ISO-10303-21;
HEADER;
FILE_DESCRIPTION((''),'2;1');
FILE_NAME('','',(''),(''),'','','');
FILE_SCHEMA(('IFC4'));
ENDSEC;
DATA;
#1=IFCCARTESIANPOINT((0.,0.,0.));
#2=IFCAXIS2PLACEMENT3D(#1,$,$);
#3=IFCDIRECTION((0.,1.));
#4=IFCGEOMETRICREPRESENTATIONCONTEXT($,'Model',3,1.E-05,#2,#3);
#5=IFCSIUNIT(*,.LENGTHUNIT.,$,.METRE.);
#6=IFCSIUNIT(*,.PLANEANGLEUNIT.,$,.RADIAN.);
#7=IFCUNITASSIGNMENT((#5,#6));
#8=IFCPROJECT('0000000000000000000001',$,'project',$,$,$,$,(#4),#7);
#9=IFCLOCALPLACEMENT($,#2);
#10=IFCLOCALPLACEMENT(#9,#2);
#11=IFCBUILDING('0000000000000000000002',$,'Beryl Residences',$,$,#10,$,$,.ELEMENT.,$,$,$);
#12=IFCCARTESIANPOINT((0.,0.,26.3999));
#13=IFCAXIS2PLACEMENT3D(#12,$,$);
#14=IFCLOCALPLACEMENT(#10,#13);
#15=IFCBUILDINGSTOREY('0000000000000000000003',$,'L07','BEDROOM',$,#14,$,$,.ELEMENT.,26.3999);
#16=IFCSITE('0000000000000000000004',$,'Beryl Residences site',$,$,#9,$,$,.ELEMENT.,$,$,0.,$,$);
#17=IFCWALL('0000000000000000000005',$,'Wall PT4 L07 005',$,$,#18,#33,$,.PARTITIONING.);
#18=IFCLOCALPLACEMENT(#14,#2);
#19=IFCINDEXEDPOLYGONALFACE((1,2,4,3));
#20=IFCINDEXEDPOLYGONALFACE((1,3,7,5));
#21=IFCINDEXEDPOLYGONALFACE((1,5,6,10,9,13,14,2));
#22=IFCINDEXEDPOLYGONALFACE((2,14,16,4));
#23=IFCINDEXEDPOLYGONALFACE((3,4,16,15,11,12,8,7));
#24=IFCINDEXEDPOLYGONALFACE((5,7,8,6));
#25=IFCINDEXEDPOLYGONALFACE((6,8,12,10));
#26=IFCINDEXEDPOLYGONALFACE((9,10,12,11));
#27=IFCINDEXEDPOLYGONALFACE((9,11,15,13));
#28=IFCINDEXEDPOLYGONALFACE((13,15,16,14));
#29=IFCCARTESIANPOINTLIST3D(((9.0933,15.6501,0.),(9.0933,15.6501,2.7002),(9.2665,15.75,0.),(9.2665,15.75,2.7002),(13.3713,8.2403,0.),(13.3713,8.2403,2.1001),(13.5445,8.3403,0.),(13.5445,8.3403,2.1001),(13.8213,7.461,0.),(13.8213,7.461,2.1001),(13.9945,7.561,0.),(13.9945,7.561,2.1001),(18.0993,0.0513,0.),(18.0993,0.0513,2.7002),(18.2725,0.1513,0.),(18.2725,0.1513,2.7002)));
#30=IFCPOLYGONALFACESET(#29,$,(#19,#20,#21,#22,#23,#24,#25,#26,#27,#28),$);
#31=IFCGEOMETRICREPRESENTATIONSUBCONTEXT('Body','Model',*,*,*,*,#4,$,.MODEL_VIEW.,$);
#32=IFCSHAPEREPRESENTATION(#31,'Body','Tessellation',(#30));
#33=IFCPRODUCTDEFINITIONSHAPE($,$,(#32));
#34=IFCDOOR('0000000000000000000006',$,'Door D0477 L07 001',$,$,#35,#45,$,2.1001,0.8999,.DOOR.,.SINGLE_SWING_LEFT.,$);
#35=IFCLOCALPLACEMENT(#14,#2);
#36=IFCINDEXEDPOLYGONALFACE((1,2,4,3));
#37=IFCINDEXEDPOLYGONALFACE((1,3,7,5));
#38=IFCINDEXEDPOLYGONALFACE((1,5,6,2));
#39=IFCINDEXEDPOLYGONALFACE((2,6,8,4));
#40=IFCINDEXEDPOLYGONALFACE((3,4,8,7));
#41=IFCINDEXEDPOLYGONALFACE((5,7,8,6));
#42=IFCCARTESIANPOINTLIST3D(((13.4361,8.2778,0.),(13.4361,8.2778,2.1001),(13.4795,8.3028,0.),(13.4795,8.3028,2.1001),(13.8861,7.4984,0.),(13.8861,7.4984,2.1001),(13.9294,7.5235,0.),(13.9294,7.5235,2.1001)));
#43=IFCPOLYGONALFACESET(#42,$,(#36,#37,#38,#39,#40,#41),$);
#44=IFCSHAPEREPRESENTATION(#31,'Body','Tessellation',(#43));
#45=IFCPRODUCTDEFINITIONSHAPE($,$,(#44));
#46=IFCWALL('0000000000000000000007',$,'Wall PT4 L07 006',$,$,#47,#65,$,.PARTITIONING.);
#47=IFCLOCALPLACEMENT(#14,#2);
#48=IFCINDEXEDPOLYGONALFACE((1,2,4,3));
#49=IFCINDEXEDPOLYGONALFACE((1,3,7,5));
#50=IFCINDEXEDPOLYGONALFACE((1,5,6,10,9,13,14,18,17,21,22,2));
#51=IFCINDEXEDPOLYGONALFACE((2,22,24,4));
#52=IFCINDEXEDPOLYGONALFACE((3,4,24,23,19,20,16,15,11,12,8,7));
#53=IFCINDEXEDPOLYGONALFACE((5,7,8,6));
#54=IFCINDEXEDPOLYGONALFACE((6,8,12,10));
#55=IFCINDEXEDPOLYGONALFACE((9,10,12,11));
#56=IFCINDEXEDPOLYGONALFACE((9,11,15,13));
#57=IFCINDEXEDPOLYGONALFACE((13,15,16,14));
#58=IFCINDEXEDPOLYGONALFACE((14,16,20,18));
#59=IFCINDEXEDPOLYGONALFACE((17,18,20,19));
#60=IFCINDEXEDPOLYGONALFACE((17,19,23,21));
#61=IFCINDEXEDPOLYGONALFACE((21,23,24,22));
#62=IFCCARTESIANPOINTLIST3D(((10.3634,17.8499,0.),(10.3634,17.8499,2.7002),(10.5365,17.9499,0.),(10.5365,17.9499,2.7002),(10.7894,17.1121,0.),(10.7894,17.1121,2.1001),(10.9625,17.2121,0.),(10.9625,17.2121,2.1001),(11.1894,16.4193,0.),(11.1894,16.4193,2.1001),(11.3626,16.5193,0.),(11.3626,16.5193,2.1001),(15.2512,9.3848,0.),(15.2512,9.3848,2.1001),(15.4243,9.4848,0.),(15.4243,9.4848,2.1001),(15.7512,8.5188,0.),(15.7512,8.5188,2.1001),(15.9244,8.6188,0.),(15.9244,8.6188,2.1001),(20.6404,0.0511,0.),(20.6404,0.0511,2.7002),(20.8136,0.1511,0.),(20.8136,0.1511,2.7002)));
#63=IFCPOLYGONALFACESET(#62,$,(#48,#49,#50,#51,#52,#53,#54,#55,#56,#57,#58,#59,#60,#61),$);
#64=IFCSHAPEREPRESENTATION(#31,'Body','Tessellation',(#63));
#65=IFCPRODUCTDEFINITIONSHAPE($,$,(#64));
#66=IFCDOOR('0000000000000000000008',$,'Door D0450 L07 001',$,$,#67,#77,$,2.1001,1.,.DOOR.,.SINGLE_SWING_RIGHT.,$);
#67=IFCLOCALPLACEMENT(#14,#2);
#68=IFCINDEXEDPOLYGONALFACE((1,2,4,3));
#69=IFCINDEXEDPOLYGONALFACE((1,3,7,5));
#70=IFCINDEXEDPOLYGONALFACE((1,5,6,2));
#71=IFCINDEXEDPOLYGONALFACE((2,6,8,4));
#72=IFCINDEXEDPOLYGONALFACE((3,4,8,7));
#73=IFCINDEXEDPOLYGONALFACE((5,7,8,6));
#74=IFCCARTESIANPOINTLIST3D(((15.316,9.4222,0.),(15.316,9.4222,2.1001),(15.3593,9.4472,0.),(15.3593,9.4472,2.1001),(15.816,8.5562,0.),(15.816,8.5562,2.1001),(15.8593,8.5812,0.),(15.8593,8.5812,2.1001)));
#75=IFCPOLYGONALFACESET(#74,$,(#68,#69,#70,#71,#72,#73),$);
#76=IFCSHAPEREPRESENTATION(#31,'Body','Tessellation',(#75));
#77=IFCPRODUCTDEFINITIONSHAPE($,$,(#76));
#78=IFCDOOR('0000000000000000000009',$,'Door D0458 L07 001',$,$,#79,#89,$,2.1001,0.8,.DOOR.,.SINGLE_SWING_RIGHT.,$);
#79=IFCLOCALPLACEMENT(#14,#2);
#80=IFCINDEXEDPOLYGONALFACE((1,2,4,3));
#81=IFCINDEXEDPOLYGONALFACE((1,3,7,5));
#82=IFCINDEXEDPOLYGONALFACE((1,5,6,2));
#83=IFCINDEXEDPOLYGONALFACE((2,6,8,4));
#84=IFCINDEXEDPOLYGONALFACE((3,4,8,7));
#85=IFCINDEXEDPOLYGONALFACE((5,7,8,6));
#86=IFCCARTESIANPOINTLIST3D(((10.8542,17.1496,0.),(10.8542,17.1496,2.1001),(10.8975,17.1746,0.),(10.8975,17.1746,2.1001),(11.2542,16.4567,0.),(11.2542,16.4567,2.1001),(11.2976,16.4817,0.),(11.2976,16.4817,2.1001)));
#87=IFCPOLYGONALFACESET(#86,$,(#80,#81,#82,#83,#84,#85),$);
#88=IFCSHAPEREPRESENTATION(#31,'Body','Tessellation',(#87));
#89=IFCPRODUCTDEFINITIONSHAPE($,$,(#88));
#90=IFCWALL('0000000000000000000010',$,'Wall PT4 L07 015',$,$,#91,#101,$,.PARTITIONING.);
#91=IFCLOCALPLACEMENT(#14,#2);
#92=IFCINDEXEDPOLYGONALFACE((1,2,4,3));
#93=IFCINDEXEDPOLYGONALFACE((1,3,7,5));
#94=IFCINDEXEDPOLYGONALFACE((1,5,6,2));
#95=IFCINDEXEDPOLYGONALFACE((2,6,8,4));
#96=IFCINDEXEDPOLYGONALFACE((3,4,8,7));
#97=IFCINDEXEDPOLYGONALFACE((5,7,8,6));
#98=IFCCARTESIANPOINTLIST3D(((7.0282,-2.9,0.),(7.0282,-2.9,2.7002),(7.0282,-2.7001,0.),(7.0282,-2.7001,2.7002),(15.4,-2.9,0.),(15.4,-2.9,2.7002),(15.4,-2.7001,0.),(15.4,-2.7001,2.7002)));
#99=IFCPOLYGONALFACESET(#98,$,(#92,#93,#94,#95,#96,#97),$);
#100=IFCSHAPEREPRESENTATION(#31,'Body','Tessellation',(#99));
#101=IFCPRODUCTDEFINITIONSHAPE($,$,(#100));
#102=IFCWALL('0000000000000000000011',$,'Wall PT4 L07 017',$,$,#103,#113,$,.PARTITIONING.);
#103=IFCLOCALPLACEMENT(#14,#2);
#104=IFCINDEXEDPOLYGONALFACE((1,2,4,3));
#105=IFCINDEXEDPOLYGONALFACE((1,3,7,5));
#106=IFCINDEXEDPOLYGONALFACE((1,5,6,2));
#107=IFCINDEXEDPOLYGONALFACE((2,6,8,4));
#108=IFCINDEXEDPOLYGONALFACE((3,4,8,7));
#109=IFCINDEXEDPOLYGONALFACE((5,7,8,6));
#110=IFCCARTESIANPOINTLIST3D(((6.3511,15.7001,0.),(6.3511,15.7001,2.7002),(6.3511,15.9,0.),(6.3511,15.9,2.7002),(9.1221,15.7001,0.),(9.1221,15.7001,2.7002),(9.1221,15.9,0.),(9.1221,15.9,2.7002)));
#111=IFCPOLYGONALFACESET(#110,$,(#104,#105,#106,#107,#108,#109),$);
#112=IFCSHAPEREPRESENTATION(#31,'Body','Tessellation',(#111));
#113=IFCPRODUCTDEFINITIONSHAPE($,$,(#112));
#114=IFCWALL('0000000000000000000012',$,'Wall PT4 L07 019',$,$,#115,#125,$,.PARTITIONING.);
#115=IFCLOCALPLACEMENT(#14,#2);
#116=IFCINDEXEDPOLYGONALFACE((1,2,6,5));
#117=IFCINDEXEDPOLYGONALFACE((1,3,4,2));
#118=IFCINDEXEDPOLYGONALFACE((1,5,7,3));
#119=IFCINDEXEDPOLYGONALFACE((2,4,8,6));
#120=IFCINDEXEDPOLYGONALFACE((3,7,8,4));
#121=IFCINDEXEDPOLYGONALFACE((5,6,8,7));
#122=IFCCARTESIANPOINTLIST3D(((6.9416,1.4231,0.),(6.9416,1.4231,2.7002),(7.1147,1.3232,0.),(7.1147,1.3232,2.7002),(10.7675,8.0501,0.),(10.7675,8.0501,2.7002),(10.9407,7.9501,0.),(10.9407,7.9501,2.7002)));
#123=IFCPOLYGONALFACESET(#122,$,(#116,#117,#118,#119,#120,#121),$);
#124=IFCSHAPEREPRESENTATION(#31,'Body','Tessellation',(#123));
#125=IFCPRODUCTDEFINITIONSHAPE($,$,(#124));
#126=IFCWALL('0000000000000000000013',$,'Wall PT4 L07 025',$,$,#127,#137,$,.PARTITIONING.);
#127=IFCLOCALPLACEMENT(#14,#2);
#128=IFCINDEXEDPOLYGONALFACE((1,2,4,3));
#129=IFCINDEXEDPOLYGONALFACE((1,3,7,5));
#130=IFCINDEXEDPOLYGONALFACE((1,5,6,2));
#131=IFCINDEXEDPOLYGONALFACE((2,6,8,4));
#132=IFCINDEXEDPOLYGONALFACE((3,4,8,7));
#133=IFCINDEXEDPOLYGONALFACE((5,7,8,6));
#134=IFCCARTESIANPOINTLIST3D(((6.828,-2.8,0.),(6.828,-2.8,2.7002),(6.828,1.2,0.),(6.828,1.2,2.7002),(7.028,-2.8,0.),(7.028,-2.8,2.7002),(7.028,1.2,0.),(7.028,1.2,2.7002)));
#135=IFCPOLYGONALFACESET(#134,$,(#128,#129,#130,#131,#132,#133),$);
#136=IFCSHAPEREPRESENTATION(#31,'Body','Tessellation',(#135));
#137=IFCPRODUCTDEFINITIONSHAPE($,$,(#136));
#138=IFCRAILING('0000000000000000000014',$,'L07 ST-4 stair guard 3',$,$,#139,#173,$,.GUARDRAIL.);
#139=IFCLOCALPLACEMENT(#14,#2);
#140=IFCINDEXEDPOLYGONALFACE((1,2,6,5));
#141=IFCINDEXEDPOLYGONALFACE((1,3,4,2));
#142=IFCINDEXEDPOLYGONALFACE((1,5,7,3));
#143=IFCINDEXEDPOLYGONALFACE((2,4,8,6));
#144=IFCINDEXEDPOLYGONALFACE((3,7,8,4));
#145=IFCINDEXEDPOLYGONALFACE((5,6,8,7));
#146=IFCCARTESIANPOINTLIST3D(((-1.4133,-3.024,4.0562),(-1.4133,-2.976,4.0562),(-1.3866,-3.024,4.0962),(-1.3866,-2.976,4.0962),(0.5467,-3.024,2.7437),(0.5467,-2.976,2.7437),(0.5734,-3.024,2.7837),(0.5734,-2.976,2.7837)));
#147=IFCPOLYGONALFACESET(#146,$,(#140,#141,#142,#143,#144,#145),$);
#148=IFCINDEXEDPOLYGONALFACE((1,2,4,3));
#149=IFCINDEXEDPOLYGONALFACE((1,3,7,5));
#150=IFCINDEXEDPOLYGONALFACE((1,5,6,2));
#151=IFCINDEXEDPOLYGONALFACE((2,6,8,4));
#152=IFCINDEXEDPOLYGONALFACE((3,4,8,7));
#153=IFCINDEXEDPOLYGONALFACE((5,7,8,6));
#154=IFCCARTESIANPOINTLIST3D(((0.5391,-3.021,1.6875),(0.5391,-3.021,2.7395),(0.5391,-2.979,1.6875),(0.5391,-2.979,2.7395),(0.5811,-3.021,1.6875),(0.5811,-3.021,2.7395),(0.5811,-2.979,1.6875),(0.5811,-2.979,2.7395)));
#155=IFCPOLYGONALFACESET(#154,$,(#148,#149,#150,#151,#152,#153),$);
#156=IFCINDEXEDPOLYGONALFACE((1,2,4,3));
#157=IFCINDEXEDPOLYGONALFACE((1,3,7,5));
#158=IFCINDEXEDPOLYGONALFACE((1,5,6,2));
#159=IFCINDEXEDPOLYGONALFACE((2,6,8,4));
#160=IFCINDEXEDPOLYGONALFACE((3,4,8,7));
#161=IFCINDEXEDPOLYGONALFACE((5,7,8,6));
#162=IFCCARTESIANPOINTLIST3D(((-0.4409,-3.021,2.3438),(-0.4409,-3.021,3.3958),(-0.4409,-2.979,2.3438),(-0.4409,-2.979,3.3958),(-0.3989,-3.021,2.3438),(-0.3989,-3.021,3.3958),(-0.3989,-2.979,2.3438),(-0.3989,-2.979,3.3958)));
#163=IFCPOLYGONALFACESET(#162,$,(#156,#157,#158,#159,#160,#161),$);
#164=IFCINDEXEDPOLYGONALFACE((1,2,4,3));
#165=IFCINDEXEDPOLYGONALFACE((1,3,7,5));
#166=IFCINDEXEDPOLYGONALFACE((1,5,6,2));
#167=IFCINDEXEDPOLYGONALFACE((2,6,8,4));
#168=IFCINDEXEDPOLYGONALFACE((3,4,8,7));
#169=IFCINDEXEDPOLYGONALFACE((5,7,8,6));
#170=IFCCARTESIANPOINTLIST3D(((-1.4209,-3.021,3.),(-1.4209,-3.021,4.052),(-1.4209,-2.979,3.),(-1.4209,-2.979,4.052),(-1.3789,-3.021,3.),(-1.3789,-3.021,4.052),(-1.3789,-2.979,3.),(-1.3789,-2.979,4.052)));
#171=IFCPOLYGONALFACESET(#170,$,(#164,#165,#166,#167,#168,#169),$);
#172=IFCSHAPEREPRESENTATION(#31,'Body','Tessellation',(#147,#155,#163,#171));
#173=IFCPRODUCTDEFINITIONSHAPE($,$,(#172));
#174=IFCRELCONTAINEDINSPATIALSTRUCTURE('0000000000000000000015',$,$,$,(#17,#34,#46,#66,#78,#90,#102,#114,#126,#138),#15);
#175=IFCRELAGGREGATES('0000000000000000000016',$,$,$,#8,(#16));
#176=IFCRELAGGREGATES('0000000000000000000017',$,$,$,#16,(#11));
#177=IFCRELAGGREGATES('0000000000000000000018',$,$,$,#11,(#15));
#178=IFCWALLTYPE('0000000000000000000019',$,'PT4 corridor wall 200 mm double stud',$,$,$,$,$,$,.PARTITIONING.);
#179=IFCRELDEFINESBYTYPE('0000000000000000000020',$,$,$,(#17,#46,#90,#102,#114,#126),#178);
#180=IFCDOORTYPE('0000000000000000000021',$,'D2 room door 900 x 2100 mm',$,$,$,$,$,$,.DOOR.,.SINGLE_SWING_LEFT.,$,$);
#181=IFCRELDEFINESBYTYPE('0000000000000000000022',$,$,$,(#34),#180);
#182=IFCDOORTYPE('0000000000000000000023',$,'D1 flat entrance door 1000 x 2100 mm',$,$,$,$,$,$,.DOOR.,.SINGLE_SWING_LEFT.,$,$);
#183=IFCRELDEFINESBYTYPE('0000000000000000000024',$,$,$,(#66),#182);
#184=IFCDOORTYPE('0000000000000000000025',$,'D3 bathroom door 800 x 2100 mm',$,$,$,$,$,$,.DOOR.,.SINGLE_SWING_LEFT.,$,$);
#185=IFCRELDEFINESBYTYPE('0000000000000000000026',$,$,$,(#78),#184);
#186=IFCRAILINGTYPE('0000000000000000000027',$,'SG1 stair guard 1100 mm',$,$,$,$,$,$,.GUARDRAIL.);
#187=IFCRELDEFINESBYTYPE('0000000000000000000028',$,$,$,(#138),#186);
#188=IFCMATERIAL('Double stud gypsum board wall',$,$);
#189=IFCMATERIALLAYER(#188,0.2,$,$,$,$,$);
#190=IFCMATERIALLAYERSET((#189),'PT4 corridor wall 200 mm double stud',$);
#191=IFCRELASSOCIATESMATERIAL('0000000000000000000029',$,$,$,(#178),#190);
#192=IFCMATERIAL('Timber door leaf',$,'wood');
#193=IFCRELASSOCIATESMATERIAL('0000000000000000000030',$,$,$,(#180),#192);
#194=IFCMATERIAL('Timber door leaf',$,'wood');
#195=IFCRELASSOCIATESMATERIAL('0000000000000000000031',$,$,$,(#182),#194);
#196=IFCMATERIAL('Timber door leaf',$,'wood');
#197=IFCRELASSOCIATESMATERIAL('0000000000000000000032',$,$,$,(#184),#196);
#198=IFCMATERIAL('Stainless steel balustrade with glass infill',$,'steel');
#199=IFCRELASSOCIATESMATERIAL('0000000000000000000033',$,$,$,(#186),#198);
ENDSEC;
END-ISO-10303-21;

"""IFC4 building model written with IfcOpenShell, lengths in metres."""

from ifc_helpers import new_model, si_unit, direction, frame, frame_2d, origin, origin_2d, place, context, subcontext, project, spatial, rectangle, extrude, material, layer, layer_set, type_object, element, fill, save


model = new_model("IFC4")

# Units and contexts
model_context = context("Model", 3, precision=1e-05, world=origin(), true_north=direction((0.0, 1.0)))
body_context = subcontext(model_context, "Body", "Model", "MODEL_VIEW")
ifc_project = project(units=[si_unit("LENGTHUNIT", "METRE"), si_unit("PLANEANGLEUNIT", "RADIAN")], contexts=[model_context])

# Site, building, storey
site_placement = place(None, origin())
site = spatial("IfcSite", under=ifc_project, at=site_placement, Name="Beryl Residences site", CompositionType="ELEMENT", RefElevation=0.0)
building_placement = place(site_placement, origin())
building = spatial("IfcBuilding", under=site, at=building_placement, Name="Beryl Residences", CompositionType="ELEMENT")
storey_placement = place(building_placement, frame((0.0, 0.0, 26.3999)))
storey = spatial("IfcBuildingStorey", under=building, at=storey_placement, Name="L07", Description="BEDROOM", CompositionType="ELEMENT", Elevation=26.3999)

# Shared definitions
ifc_material_1 = material(Name="Double stud gypsum board wall")
ifc_layer_1 = layer(ifc_material_1, 0.2)
ifc_layer_set_1 = layer_set([ifc_layer_1], Name="PT4 corridor wall 200 mm double stud")
wall_type_1 = type_object("IfcWallType", Name="PT4 corridor wall 200 mm double stud", PredefinedType="PARTITIONING", material=ifc_layer_set_1)

# Wall, opening, door
wall_1_placement = place(storey_placement, frame((9.1799, 15.7, 0.0), z_axis=(0.0, 0.0, 1.0), x_axis=(0.500004, -0.866023, 0.0)))
wall_1 = element("IfcWall", 1, at=wall_1_placement, inside=storey, type_object=wall_type_1, Name="Wall PT4 L07 005", PredefinedType="PARTITIONING", context=body_context, shape_type="SweptSolid", body=[
    extrude(rectangle(XDim=18.012, YDim=0.2, at=frame_2d((9.0059, 0.0))), origin(), (0.0, 0.0, 1.0), 2.7002),
])
opening_1_placement = place(wall_1_placement, frame((8.5559, 0.0, 0.0)))
opening_1 = element("IfcOpeningElement", 2, at=opening_1_placement, cuts=wall_1, PredefinedType="OPENING", context=body_context, shape_type="SweptSolid", body=[
    extrude(rectangle(XDim=0.8999, YDim=2.1001, at=frame_2d((0.45, 1.05))), frame((0.0, 0.1099, 0.0), z_axis=(0.0, -1.0, 0.0), x_axis=(1.0, 0.0, 0.0)), (0.0, 0.0, 1.0), 0.22),
])
ifc_material_2 = material(Name="Timber door leaf", Category="wood")
door_type_1 = type_object("IfcDoorType", Name="D2 room door 900 x 2100 mm", OperationType="SINGLE_SWING_LEFT", PredefinedType="DOOR", material=ifc_material_2)
door_1_placement = place(opening_1_placement, origin())
door_1 = element("IfcDoor", 3, at=door_1_placement, inside=storey, type_object=door_type_1, Name="Door D0477 L07 001", OperationType="SINGLE_SWING_LEFT", OverallHeight=2.1001, OverallWidth=0.8999, PredefinedType="DOOR", context=body_context, shape_type="SweptSolid", body=[
    extrude(rectangle(XDim=0.8999, YDim=2.1001, at=frame_2d((0.45, 1.05))), frame((0.0, 0.0249, 0.0), z_axis=(0.0, -1.0, 0.0), x_axis=(1.0, 0.0, 0.0)), (0.0, 0.0, 1.0), 0.05),
])
fill(opening_1, door_1)

# Wall, openings, doors
wall_2_placement = place(storey_placement, frame((10.45, 17.8999, 0.0), z_axis=(0.0, 0.0, 1.0), x_axis=(0.500034, -0.866006, 0.0)))
wall_2 = element("IfcWall", 4, at=wall_2_placement, inside=storey, type_object=wall_type_1, Name="Wall PT4 L07 006", PredefinedType="PARTITIONING", context=body_context, shape_type="SweptSolid", body=[
    extrude(rectangle(XDim=20.5527, YDim=0.2, at=frame_2d((10.2764, 0.0))), origin(), (0.0, 0.0, 1.0), 2.7002),
])
opening_2_placement = place(wall_2_placement, frame((9.7749, 0.0, 0.0)))
opening_2 = element("IfcOpeningElement", 5, at=opening_2_placement, cuts=wall_2, PredefinedType="OPENING", context=body_context, shape_type="SweptSolid", body=[
    extrude(rectangle(XDim=1.0, YDim=2.1001, at=frame_2d((0.5, 1.05))), frame((0.0, 0.1099, 0.0), z_axis=(0.0, -1.0, 0.0), x_axis=(1.0, 0.0, 0.0)), (0.0, 0.0, 1.0), 0.22),
])
opening_3_placement = place(wall_2_placement, frame((0.8521, 0.0, 0.0)))
opening_3 = element("IfcOpeningElement", 6, at=opening_3_placement, cuts=wall_2, PredefinedType="OPENING", context=body_context, shape_type="SweptSolid", body=[
    extrude(rectangle(XDim=0.8, YDim=2.1001, at=frame_2d((0.3999, 1.05))), frame((0.0, 0.1099, 0.0), z_axis=(0.0, -1.0, 0.0), x_axis=(1.0, 0.0, 0.0)), (0.0, 0.0, 1.0), 0.22),
])
ifc_material_3 = material(Name="Timber door leaf", Category="wood")
door_type_2 = type_object("IfcDoorType", Name="D1 flat entrance door 1000 x 2100 mm", OperationType="SINGLE_SWING_LEFT", PredefinedType="DOOR", material=ifc_material_3)
door_2_placement = place(opening_2_placement, origin())
door_2 = element("IfcDoor", 7, at=door_2_placement, inside=storey, type_object=door_type_2, Name="Door D0450 L07 001", OperationType="SINGLE_SWING_RIGHT", OverallHeight=2.1001, OverallWidth=1.0, PredefinedType="DOOR", context=body_context, shape_type="SweptSolid", body=[
    extrude(rectangle(XDim=1.0, YDim=2.1001, at=frame_2d((0.5, 1.05))), frame((0.0, 0.0249, 0.0), z_axis=(0.0, -1.0, 0.0), x_axis=(1.0, 0.0, 0.0)), (0.0, 0.0, 1.0), 0.05),
])
fill(opening_2, door_2)
ifc_material_4 = material(Name="Timber door leaf", Category="wood")
door_type_3 = type_object("IfcDoorType", Name="D3 bathroom door 800 x 2100 mm", OperationType="SINGLE_SWING_LEFT", PredefinedType="DOOR", material=ifc_material_4)
door_3_placement = place(opening_3_placement, origin())
door_3 = element("IfcDoor", 8, at=door_3_placement, inside=storey, type_object=door_type_3, Name="Door D0458 L07 001", OperationType="SINGLE_SWING_RIGHT", OverallHeight=2.1001, OverallWidth=0.8, PredefinedType="DOOR", context=body_context, shape_type="SweptSolid", body=[
    extrude(rectangle(XDim=0.8, YDim=2.1001, at=frame_2d((0.3999, 1.05))), frame((0.0, 0.0249, 0.0), z_axis=(0.0, -1.0, 0.0), x_axis=(1.0, 0.0, 0.0)), (0.0, 0.0, 1.0), 0.05),
])
fill(opening_3, door_3)

# Walls
wall_3_placement = place(storey_placement, frame((7.0281, -2.8, 0.0), z_axis=(0.0, 0.0, 1.0), x_axis=(1.0, 0.0, 0.0)))
element("IfcWall", 9, at=wall_3_placement, inside=storey, type_object=wall_type_1, Name="Wall PT4 L07 015", PredefinedType="PARTITIONING", context=body_context, shape_type="SweptSolid", body=[
    extrude(rectangle(XDim=8.3718, YDim=0.2, at=frame_2d((4.186, 0.0))), origin(), (0.0, 0.0, 1.0), 2.7002),
])
wall_4_placement = place(storey_placement, frame((6.3511, 15.8, 0.0), z_axis=(0.0, 0.0, 1.0), x_axis=(1.0, 0.0, 0.0)))
element("IfcWall", 10, at=wall_4_placement, inside=storey, type_object=wall_type_1, Name="Wall PT4 L07 017", PredefinedType="PARTITIONING", context=body_context, shape_type="SweptSolid", body=[
    extrude(rectangle(XDim=2.771, YDim=0.2, at=frame_2d((1.3855, 0.0))), origin(), (0.0, 0.0, 1.0), 2.7002),
])
wall_5_placement = place(storey_placement, frame((7.0281, 1.373, 0.0), z_axis=(0.0, 0.0, 1.0), x_axis=(0.499986, 0.866034, 0.0)))
element("IfcWall", 11, at=wall_5_placement, inside=storey, type_object=wall_type_1, Name="Wall PT4 L07 019", PredefinedType="PARTITIONING", context=body_context, shape_type="SweptSolid", body=[
    extrude(rectangle(XDim=7.6521, YDim=0.2, at=frame_2d((3.8262, 0.0))), origin(), (0.0, 0.0, 1.0), 2.7002),
])
wall_6_placement = place(storey_placement, frame((6.928, -2.8, 0.0), z_axis=(0.0, 0.0, 1.0), x_axis=(0.0, 1.0, 0.0)))
element("IfcWall", 12, at=wall_6_placement, inside=storey, type_object=wall_type_1, Name="Wall PT4 L07 025", PredefinedType="PARTITIONING", context=body_context, shape_type="SweptSolid", body=[
    extrude(rectangle(XDim=4.0, YDim=0.2, at=frame_2d((2.0, 0.0))), origin(), (0.0, 0.0, 1.0), 2.7002),
])

# Railing
ifc_material_5 = material(Name="Stainless steel balustrade with glass infill", Category="steel")
railing_type_1 = type_object("IfcRailingType", Name="SG1 stair guard 1100 mm", PredefinedType="GUARDRAIL", material=ifc_material_5)
railing_1_placement = place(storey_placement, frame((0.5601, -3.0, 1.6875)))
element("IfcRailing", 13, at=railing_1_placement, inside=storey, type_object=railing_type_1, Name="L07 ST-4 stair guard 3", PredefinedType="GUARDRAIL", context=body_context, shape_type="SweptSolid", body=[
    extrude(rectangle(XDim=0.0481, YDim=0.0481, at=origin_2d()), frame((0.0, 0.0, 1.0762), z_axis=(-0.830902, 0.0, 0.556419), x_axis=(0.0, -1.0, 0.0)), (0.0, 0.0, 1.0), 2.3589),
    extrude(rectangle(XDim=0.042, YDim=0.042, at=origin_2d()), origin(), (0.0, 0.0, 1.0), 1.052),
    extrude(rectangle(XDim=0.042, YDim=0.042, at=origin_2d()), frame((-0.98, 0.0, 0.6562)), (0.0, 0.0, 1.0), 1.052),
    extrude(rectangle(XDim=0.042, YDim=0.042, at=origin_2d()), frame((-1.96, 0.0, 1.3125)), (0.0, 0.0, 1.0), 1.052),
])

save(model, "model.ifc")
